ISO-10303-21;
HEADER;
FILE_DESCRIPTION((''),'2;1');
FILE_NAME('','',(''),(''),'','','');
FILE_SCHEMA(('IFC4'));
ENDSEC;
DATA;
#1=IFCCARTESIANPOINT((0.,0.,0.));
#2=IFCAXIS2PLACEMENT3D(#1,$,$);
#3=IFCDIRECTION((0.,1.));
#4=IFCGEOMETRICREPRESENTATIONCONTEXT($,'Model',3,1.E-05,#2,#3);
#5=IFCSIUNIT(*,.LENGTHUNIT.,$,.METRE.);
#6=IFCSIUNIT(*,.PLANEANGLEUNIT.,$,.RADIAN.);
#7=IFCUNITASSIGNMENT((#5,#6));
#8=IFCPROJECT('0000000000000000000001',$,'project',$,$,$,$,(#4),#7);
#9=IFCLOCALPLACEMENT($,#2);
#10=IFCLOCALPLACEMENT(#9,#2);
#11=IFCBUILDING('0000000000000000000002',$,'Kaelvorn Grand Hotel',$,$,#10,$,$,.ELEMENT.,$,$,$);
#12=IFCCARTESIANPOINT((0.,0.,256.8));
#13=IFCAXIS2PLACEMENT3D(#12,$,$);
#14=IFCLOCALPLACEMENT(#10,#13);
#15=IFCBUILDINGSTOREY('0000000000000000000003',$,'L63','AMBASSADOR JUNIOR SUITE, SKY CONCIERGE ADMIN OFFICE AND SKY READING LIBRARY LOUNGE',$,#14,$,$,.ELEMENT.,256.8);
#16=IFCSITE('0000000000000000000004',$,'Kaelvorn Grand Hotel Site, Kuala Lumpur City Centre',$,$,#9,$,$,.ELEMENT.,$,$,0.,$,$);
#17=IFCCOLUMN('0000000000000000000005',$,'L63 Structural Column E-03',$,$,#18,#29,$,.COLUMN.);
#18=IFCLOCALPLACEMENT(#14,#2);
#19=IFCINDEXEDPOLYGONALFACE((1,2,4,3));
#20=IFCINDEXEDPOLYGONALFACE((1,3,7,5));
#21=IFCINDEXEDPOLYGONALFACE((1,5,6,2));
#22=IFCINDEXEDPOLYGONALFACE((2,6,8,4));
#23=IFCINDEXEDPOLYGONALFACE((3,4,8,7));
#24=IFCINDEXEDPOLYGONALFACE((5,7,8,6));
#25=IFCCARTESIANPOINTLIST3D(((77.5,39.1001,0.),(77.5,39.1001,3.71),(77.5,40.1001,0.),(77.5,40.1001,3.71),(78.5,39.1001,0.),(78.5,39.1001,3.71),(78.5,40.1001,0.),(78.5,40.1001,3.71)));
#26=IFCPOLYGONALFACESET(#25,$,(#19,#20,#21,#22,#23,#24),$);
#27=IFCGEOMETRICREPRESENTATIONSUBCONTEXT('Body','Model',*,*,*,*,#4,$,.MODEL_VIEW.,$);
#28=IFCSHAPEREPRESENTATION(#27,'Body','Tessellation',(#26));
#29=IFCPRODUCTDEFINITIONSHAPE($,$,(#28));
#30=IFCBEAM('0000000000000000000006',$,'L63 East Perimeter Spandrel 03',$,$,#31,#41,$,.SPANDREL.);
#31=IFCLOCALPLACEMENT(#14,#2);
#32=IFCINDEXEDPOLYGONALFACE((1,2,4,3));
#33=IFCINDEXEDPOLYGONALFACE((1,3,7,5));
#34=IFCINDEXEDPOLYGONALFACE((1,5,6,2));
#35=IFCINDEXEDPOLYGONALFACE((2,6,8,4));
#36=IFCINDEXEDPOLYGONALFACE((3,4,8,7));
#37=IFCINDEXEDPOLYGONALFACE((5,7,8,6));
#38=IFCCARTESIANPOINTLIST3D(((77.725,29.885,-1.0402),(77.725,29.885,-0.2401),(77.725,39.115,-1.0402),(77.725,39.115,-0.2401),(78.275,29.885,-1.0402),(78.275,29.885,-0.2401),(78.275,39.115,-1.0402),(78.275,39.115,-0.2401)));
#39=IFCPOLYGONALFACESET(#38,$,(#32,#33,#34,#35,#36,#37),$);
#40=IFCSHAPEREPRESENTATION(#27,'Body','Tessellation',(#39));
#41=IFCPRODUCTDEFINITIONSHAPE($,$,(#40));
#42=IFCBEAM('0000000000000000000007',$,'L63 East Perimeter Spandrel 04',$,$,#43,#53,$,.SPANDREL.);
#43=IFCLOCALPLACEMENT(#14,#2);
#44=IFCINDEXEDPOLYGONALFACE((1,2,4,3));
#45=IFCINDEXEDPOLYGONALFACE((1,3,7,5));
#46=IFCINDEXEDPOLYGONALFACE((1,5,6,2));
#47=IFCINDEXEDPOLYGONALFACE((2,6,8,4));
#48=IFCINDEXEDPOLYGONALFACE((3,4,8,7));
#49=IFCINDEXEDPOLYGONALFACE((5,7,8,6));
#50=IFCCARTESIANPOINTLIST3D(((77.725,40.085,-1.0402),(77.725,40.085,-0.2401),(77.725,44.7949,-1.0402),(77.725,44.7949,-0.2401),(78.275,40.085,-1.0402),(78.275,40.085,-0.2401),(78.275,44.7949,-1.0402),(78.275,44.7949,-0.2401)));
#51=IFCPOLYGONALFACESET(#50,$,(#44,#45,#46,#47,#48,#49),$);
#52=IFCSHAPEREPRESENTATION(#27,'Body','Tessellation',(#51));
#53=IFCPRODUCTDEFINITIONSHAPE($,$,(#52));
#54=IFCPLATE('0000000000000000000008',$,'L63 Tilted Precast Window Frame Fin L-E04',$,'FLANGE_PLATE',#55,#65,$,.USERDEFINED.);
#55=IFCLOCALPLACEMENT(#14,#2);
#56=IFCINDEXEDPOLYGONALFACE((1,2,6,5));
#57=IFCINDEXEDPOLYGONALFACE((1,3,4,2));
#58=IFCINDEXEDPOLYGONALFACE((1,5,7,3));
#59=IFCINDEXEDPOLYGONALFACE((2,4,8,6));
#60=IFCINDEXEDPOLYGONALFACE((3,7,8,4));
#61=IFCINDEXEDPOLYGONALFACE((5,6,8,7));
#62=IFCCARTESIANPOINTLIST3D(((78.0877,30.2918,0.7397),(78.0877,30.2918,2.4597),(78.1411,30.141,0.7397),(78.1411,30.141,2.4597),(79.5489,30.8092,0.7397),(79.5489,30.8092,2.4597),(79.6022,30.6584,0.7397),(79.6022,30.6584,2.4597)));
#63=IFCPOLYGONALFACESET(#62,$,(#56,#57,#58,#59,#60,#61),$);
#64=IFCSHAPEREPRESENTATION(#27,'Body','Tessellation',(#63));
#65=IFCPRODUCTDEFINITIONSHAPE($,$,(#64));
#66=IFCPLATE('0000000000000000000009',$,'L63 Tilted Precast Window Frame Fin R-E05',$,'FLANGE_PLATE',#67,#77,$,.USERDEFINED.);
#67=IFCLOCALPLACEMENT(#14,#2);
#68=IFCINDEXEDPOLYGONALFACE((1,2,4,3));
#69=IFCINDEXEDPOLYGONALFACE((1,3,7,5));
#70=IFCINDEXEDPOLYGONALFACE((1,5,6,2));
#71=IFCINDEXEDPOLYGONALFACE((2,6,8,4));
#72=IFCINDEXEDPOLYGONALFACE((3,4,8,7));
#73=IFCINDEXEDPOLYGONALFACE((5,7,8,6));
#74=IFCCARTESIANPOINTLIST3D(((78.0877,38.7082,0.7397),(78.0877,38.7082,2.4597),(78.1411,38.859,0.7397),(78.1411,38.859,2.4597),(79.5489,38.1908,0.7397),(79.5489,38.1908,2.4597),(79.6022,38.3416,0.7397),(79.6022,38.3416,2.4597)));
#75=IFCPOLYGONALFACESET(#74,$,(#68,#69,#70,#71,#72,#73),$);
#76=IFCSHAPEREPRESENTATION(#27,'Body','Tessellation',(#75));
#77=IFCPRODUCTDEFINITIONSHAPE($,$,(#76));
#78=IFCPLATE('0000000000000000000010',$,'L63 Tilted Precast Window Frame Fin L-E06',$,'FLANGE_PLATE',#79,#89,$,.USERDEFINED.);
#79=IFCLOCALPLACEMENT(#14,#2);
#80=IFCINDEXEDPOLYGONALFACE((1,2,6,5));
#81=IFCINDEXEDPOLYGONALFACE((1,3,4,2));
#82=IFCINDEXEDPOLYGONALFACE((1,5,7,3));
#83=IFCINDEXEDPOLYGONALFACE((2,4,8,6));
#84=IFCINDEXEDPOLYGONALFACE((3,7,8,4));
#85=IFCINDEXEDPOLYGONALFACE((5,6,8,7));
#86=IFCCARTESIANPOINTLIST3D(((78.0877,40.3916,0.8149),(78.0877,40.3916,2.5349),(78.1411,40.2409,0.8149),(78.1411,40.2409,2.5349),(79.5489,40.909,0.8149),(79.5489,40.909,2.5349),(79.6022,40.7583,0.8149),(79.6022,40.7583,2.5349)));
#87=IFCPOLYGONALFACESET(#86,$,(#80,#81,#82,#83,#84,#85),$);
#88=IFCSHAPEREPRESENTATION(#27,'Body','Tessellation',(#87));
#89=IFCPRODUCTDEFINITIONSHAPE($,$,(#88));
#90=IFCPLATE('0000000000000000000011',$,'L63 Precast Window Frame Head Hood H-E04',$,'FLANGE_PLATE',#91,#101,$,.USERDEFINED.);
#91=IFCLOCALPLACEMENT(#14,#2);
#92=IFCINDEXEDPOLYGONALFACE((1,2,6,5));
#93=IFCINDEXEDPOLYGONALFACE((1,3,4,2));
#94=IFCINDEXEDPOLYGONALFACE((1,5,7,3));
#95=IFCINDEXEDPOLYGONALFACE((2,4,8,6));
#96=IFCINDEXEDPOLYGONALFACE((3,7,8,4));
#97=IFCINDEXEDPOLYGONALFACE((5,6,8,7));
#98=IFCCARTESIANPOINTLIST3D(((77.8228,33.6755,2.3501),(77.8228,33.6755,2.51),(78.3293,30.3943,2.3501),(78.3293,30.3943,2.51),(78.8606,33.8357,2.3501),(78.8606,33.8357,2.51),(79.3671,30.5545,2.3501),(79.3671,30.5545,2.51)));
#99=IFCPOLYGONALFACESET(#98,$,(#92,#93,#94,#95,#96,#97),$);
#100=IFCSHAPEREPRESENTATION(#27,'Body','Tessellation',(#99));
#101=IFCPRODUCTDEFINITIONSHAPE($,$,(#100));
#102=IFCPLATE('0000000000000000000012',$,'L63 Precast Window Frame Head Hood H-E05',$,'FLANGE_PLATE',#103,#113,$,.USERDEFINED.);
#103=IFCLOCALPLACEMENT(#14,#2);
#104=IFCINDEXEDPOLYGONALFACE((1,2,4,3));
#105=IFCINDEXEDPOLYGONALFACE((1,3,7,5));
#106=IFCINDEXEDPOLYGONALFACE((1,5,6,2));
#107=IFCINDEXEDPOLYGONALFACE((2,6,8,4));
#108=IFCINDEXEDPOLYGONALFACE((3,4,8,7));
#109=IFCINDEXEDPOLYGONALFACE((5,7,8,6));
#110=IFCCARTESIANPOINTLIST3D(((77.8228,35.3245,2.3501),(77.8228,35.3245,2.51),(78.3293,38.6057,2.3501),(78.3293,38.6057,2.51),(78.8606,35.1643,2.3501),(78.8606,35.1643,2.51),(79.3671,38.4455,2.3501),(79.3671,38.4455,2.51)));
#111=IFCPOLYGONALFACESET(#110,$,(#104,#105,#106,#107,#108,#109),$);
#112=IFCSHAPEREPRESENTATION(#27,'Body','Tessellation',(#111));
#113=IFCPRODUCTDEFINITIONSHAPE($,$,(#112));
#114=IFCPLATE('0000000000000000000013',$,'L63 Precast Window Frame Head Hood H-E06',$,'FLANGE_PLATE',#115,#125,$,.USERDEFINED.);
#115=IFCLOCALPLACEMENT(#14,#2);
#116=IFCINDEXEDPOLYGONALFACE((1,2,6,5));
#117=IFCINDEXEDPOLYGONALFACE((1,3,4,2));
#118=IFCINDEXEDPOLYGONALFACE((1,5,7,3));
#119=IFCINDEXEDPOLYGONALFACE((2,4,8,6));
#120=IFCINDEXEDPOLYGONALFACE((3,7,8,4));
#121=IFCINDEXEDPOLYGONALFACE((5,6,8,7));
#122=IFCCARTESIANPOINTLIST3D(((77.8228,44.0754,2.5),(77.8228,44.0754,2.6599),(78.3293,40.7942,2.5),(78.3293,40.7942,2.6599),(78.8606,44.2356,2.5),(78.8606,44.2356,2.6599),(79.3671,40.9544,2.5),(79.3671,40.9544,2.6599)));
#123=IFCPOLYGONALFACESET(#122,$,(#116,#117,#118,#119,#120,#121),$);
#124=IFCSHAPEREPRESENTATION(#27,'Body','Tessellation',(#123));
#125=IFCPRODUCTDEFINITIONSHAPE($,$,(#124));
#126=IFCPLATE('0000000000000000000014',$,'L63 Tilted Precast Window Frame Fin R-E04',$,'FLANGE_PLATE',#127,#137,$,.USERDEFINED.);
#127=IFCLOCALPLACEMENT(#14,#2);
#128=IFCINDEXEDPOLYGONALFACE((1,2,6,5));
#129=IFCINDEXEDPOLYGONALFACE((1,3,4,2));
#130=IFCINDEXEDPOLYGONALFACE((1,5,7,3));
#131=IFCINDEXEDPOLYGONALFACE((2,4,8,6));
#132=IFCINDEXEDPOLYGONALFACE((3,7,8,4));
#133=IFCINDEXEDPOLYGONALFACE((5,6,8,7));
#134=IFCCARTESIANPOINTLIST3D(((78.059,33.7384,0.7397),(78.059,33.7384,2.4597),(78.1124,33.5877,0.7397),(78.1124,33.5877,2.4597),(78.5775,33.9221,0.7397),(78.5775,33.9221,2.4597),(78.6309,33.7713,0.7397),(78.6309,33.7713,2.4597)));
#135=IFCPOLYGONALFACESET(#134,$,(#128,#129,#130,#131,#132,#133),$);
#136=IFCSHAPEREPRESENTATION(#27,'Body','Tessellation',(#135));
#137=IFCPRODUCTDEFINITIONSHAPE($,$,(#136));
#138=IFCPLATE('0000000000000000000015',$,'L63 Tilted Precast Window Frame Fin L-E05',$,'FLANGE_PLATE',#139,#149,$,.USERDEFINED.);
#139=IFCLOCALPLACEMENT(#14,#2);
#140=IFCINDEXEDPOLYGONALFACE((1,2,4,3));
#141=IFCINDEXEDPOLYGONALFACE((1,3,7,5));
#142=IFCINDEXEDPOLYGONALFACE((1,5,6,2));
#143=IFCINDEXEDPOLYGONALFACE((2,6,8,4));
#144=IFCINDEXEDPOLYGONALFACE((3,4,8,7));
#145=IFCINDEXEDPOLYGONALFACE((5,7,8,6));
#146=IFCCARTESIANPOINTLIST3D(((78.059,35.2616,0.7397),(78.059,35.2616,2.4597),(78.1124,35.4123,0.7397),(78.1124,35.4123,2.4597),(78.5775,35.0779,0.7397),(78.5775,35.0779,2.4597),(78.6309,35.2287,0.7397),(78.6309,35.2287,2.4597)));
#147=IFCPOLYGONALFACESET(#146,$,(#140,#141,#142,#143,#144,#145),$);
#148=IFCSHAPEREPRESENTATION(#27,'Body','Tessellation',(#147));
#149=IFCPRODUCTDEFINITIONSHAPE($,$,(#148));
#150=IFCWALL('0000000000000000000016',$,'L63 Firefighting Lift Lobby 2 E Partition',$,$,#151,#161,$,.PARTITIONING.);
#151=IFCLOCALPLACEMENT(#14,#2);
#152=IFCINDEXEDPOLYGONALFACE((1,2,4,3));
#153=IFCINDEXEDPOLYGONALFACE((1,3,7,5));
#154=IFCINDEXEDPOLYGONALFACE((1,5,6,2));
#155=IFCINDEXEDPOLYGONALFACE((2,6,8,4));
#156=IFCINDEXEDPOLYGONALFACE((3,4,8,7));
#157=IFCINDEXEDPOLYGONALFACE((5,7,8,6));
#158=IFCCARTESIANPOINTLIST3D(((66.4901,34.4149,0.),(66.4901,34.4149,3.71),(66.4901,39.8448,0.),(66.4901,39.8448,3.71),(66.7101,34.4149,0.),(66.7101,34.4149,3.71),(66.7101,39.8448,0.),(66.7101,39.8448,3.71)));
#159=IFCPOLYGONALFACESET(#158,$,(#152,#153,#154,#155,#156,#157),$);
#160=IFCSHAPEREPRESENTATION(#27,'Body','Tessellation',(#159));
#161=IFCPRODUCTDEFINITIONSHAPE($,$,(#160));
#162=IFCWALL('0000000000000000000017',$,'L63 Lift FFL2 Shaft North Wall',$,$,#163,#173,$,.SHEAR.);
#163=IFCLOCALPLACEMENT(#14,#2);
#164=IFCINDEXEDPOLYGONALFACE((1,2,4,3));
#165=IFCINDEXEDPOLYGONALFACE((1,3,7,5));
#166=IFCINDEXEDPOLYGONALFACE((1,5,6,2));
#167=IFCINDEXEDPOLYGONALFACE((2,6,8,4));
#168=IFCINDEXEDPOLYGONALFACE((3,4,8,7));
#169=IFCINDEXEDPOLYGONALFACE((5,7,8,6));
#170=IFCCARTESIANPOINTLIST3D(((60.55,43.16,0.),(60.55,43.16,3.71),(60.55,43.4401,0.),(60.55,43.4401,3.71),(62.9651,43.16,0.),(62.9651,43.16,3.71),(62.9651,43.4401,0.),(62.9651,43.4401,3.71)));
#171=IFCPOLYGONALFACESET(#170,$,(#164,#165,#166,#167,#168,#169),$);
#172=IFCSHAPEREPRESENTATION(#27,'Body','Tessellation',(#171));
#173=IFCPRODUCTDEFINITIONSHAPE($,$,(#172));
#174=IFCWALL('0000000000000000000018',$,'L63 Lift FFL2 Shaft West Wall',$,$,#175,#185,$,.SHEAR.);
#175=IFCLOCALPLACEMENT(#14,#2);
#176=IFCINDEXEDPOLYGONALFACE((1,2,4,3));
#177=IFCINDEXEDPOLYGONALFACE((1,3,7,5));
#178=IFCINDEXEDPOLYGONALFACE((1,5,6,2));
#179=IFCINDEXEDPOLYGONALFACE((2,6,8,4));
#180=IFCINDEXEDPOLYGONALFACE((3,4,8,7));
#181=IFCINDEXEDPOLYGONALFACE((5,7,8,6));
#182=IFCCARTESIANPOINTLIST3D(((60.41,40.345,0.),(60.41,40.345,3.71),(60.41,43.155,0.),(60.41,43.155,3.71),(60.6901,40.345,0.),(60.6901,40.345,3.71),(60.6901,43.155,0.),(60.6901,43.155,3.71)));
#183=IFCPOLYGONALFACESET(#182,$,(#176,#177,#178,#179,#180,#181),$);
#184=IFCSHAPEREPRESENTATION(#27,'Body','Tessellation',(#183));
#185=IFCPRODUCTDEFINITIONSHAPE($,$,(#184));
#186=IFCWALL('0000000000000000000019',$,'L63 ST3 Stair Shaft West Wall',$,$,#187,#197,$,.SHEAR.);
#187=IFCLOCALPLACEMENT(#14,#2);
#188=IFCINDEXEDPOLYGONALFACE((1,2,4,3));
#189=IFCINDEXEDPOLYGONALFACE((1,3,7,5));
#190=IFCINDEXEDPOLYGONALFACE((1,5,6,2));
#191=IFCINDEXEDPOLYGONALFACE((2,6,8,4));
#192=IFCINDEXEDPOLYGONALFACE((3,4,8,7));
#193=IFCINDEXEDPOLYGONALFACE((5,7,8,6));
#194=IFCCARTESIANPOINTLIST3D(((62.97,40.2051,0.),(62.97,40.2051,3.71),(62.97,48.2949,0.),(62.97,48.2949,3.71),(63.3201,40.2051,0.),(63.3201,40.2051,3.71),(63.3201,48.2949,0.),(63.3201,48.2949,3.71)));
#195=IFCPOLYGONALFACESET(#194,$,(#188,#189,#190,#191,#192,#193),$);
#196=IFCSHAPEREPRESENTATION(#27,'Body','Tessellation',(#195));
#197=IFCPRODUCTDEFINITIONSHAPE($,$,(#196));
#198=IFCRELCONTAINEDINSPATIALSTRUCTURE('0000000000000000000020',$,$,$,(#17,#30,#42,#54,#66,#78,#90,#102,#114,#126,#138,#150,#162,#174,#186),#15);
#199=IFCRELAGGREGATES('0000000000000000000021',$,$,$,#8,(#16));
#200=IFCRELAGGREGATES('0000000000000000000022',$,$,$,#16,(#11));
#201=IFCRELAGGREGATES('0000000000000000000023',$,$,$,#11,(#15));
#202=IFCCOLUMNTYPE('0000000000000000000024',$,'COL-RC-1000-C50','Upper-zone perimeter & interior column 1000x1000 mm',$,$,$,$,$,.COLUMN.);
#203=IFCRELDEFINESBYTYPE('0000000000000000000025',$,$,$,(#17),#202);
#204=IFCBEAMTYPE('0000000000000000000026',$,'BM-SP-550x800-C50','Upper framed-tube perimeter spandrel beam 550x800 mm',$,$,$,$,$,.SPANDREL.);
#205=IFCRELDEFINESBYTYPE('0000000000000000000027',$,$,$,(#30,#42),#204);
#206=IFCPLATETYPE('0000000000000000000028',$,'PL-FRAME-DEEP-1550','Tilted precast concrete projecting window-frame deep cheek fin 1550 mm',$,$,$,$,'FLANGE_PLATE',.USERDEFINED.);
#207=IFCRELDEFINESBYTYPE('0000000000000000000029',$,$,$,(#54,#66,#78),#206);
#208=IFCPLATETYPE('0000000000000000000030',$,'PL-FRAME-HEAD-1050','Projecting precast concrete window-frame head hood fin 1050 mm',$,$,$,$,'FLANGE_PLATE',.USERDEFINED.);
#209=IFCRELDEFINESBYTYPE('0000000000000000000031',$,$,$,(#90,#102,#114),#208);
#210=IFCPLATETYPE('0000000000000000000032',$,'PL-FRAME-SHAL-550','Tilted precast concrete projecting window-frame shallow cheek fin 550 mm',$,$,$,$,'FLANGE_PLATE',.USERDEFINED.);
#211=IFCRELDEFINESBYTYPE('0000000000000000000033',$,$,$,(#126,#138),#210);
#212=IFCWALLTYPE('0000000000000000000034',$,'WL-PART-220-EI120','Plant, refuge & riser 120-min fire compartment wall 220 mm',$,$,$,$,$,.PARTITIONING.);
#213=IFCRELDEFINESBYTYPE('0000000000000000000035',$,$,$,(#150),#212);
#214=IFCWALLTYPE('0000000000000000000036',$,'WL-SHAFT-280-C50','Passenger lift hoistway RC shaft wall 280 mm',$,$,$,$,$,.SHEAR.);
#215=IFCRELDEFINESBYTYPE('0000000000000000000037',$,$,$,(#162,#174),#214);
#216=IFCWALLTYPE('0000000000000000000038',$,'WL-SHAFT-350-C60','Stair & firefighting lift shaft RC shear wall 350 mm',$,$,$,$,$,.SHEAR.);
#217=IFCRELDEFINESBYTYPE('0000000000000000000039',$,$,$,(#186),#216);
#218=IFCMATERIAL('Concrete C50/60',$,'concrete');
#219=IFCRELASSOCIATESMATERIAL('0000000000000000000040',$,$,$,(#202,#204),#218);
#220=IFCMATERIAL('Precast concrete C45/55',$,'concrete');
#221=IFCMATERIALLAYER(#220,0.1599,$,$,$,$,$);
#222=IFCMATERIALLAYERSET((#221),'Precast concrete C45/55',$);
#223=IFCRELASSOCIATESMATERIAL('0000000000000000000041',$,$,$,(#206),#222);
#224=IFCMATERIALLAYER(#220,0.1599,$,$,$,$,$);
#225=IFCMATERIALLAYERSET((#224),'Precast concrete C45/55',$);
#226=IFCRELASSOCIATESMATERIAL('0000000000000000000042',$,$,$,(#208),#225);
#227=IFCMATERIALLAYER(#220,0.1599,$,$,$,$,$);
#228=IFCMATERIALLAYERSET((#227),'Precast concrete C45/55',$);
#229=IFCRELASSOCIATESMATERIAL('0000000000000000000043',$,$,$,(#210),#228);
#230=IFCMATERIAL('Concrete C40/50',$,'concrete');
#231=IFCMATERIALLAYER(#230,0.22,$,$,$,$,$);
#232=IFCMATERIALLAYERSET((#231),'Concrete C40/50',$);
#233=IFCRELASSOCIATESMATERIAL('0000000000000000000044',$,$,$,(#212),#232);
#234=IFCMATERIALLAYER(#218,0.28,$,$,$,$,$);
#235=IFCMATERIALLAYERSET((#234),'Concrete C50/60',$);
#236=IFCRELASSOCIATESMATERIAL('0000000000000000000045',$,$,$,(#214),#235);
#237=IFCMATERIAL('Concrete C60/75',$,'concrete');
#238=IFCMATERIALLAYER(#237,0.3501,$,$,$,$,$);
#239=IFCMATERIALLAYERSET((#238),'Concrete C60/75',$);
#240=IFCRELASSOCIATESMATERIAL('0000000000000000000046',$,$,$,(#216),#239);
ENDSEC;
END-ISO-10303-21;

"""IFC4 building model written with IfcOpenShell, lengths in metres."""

from ifc_helpers import new_model, si_unit, direction, frame, frame_2d, origin, origin_2d, place, context, subcontext, project, spatial, rectangle, extrude, material, layer, layer_set, material_profile, profile_set, type_object, element, save


model = new_model("IFC4")

# Units and contexts
model_context = context("Model", 3, precision=1e-05, world=origin(), true_north=direction((0.0, 1.0)))
body_context = subcontext(model_context, "Body", "Model", "MODEL_VIEW")
ifc_project = project(units=[si_unit("LENGTHUNIT", "METRE"), si_unit("PLANEANGLEUNIT", "RADIAN")], contexts=[model_context])

# Site, building, storey
site_placement = place(None, origin())
site = spatial("IfcSite", under=ifc_project, at=site_placement, Name="Kaelvorn Grand Hotel Site, Kuala Lumpur City Centre", CompositionType="ELEMENT", RefElevation=0.0)
building_placement = place(site_placement, origin())
building = spatial("IfcBuilding", under=site, at=building_placement, Name="Kaelvorn Grand Hotel", CompositionType="ELEMENT")
storey_placement = place(building_placement, frame((0.0, 0.0, 256.8)))
storey = spatial("IfcBuildingStorey", under=building, at=storey_placement, Name="L63", Description="AMBASSADOR JUNIOR SUITE, SKY CONCIERGE ADMIN OFFICE AND SKY READING LIBRARY LOUNGE", CompositionType="ELEMENT", Elevation=256.8)

# Column
ifc_material_1 = material(Name="Concrete C50/60", Category="concrete")
ifc_material_profile_1 = material_profile(ifc_material_1, rectangle(XDim=1.0, YDim=1.0, at=origin_2d()), Name="RC COL 1000x1000")
ifc_profile_set_1 = profile_set([ifc_material_profile_1], Name="Concrete C50/60")
column_type = type_object("IfcColumnType", Name="COL-RC-1000-C50", Description="Upper-zone perimeter & interior column 1000x1000 mm", PredefinedType="COLUMN", material=ifc_profile_set_1)
column_placement = place(storey_placement, frame((78.0, 39.6001, 0.0), z_axis=(0.0, 0.0, 1.0), x_axis=(1.0, 0.0, 0.0)))
element("IfcColumn", 1, at=column_placement, inside=storey, type_object=column_type, Name="L63 Structural Column E-03", PredefinedType="COLUMN", context=body_context, shape_type="SweptSolid", body=[
    extrude(rectangle(XDim=1.0, YDim=1.0, at=origin_2d()), origin(), (0.0, 0.0, 1.0), 3.71),
])

# Beams
ifc_material_profile_2 = material_profile(ifc_material_1, rectangle(XDim=0.55, YDim=0.8, at=origin_2d()), Name="RC SPANDREL 550x800")
ifc_profile_set_2 = profile_set([ifc_material_profile_2], Name="Concrete C50/60")
beam_type = type_object("IfcBeamType", Name="BM-SP-550x800-C50", Description="Upper framed-tube perimeter spandrel beam 550x800 mm", PredefinedType="SPANDREL", material=ifc_profile_set_2)
beam_1_placement = place(storey_placement, frame((78.0, 29.885, -0.6401), z_axis=(0.0, 1.0, 0.0), x_axis=(-1.0, 0.0, 0.0)))
element("IfcBeam", 2, at=beam_1_placement, inside=storey, type_object=beam_type, Name="L63 East Perimeter Spandrel 03", PredefinedType="SPANDREL", context=body_context, shape_type="SweptSolid", body=[
    extrude(rectangle(XDim=0.55, YDim=0.8, at=origin_2d()), origin(), (0.0, 0.0, 1.0), 9.23),
])
beam_2_placement = place(storey_placement, frame((78.0, 40.085, -0.6401), z_axis=(0.0, 1.0, 0.0), x_axis=(-1.0, 0.0, 0.0)))
element("IfcBeam", 3, at=beam_2_placement, inside=storey, type_object=beam_type, Name="L63 East Perimeter Spandrel 04", PredefinedType="SPANDREL", context=body_context, shape_type="SweptSolid", body=[
    extrude(rectangle(XDim=0.55, YDim=0.8, at=origin_2d()), origin(), (0.0, 0.0, 1.0), 4.71),
])

# Plates
ifc_material_2 = material(Name="Precast concrete C45/55", Category="concrete")
ifc_layer_1 = layer(ifc_material_2, 0.1599)
ifc_layer_set_1 = layer_set([ifc_layer_1], Name="Precast concrete C45/55")
plate_type_1 = type_object("IfcPlateType", Name="PL-FRAME-DEEP-1550", Description="Tilted precast concrete projecting window-frame deep cheek fin 1550 mm", ElementType="FLANGE_PLATE", PredefinedType="USERDEFINED", material=ifc_layer_set_1)
for number, where, z_axis, x_axis, name in (
    (4, (78.845, 30.4751, 0.7397), (0.0, 0.0, 1.0), (-0.333807, 0.942641, 0.0), "L63 Tilted Precast Window Frame Fin L-E04"),
    (5, (78.845, 38.5249, 0.7397), (0.0, 0.0, 1.0), (0.333807, 0.942641, 0.0), "L63 Tilted Precast Window Frame Fin R-E05"),
    (6, (78.845, 40.575, 0.8149), (0.0, 0.0, 1.0), (-0.333807, 0.942641, 0.0), "L63 Tilted Precast Window Frame Fin L-E06"),
):
    element("IfcPlate", number, at=place(storey_placement, frame(where, z_axis=z_axis, x_axis=x_axis)), inside=storey, type_object=plate_type_1, Name=name, ObjectType="FLANGE_PLATE", PredefinedType="USERDEFINED", context=body_context, shape_type="SweptSolid", body=[
        extrude(rectangle(XDim=0.1599, YDim=1.55, at=origin_2d()), origin(), (0.0, 0.0, 1.0), 1.72),
    ])
ifc_layer_2 = layer(ifc_material_2, 0.1599)
ifc_layer_set_2 = layer_set([ifc_layer_2], Name="Precast concrete C45/55")
plate_type_2 = type_object("IfcPlateType", Name="PL-FRAME-HEAD-1050", Description="Projecting precast concrete window-frame head hood fin 1050 mm", ElementType="FLANGE_PLATE", PredefinedType="USERDEFINED", material=ifc_layer_set_2)
for number, where, z_axis, x_axis, name in (
    (7, (78.595, 32.115, 2.3501), (0.0, 0.0, 1.0), (-0.152555, 0.988295, 0.0), "L63 Precast Window Frame Head Hood H-E04"),
    (8, (78.595, 36.885, 2.3501), (0.0, 0.0, 1.0), (0.152555, 0.988295, 0.0), "L63 Precast Window Frame Head Hood H-E05"),
    (9, (78.595, 42.5149, 2.5), (0.0, 0.0, 1.0), (-0.152555, 0.988295, 0.0), "L63 Precast Window Frame Head Hood H-E06"),
):
    element("IfcPlate", number, at=place(storey_placement, frame(where, z_axis=z_axis, x_axis=x_axis)), inside=storey, type_object=plate_type_2, Name=name, ObjectType="FLANGE_PLATE", PredefinedType="USERDEFINED", context=body_context, shape_type="SweptSolid", body=[
        extrude(rectangle(XDim=3.3201, YDim=1.05, at=origin_2d()), origin(), (0.0, 0.0, 1.0), 0.1599),
    ])
ifc_layer_3 = layer(ifc_material_2, 0.1599)
ifc_layer_set_3 = layer_set([ifc_layer_3], Name="Precast concrete C45/55")
plate_type_3 = type_object("IfcPlateType", Name="PL-FRAME-SHAL-550", Description="Tilted precast concrete projecting window-frame shallow cheek fin 550 mm", ElementType="FLANGE_PLATE", PredefinedType="USERDEFINED", material=ifc_layer_set_3)
for number, where, z_axis, x_axis, name in (
    (10, (78.345, 33.7549, 0.7397), (0.0, 0.0, 1.0), (-0.333807, 0.942641, 0.0), "L63 Tilted Precast Window Frame Fin R-E04"),
    (11, (78.345, 35.2451, 0.7397), (0.0, 0.0, 1.0), (0.333807, 0.942641, 0.0), "L63 Tilted Precast Window Frame Fin L-E05"),
):
    element("IfcPlate", number, at=place(storey_placement, frame(where, z_axis=z_axis, x_axis=x_axis)), inside=storey, type_object=plate_type_3, Name=name, ObjectType="FLANGE_PLATE", PredefinedType="USERDEFINED", context=body_context, shape_type="SweptSolid", body=[
        extrude(rectangle(XDim=0.1599, YDim=0.55, at=origin_2d()), origin(), (0.0, 0.0, 1.0), 1.72),
    ])

# Walls
ifc_material_3 = material(Name="Concrete C40/50", Category="concrete")
ifc_layer_4 = layer(ifc_material_3, 0.22)
ifc_layer_set_4 = layer_set([ifc_layer_4], Name="Concrete C40/50")
wall_type_1 = type_object("IfcWallType", Name="WL-PART-220-EI120", Description="Plant, refuge & riser 120-min fire compartment wall 220 mm", PredefinedType="PARTITIONING", material=ifc_layer_set_4)
wall_1_placement = place(storey_placement, frame((66.6001, 34.415, 0.0), z_axis=(0.0, 0.0, 1.0), x_axis=(0.0, 1.0, 0.0)))
element("IfcWall", 12, at=wall_1_placement, inside=storey, type_object=wall_type_1, Name="L63 Firefighting Lift Lobby 2 E Partition", PredefinedType="PARTITIONING", context=body_context, shape_type="SweptSolid", body=[
    extrude(rectangle(XDim=5.4299, YDim=0.22, at=frame_2d((2.7148, 0.0))), origin(), (0.0, 0.0, 1.0), 3.71),
])
ifc_layer_5 = layer(ifc_material_1, 0.28)
ifc_layer_set_5 = layer_set([ifc_layer_5], Name="Concrete C50/60")
wall_type_2 = type_object("IfcWallType", Name="WL-SHAFT-280-C50", Description="Passenger lift hoistway RC shaft wall 280 mm", PredefinedType="SHEAR", material=ifc_layer_set_5)
wall_2_placement = place(storey_placement, frame((60.55, 43.3, 0.0), z_axis=(0.0, 0.0, 1.0), x_axis=(1.0, 0.0, 0.0)))
element("IfcWall", 13, at=wall_2_placement, inside=storey, type_object=wall_type_2, Name="L63 Lift FFL2 Shaft North Wall", PredefinedType="SHEAR", context=body_context, shape_type="SweptSolid", body=[
    extrude(rectangle(XDim=2.415, YDim=0.28, at=frame_2d((1.2075, 0.0))), origin(), (0.0, 0.0, 1.0), 3.71),
])
wall_3_placement = place(storey_placement, frame((60.55, 40.345, 0.0), z_axis=(0.0, 0.0, 1.0), x_axis=(0.0, 1.0, 0.0)))
element("IfcWall", 14, at=wall_3_placement, inside=storey, type_object=wall_type_2, Name="L63 Lift FFL2 Shaft West Wall", PredefinedType="SHEAR", context=body_context, shape_type="SweptSolid", body=[
    extrude(rectangle(XDim=2.8101, YDim=0.28, at=frame_2d((1.405, 0.0))), origin(), (0.0, 0.0, 1.0), 3.71),
])

# Shared definitions
ifc_material_4 = material(Name="Concrete C60/75", Category="concrete")
ifc_layer_6 = layer(ifc_material_4, 0.3501)
ifc_layer_set_6 = layer_set([ifc_layer_6], Name="Concrete C60/75")
wall_type_3 = type_object("IfcWallType", Name="WL-SHAFT-350-C60", Description="Stair & firefighting lift shaft RC shear wall 350 mm", PredefinedType="SHEAR", material=ifc_layer_set_6)

# Wall
for number, where, z_axis, x_axis, name in (
    (15, (63.145, 40.2051, 0.0), (0.0, 0.0, 1.0), (0.0, 1.0, 0.0), "L63 ST3 Stair Shaft West Wall"),
):
    element("IfcWall", number, at=place(storey_placement, frame(where, z_axis=z_axis, x_axis=x_axis)), inside=storey, type_object=wall_type_3, Name=name, PredefinedType="SHEAR", context=body_context, shape_type="SweptSolid", body=[
        extrude(rectangle(XDim=8.0898, YDim=0.3501, at=frame_2d((4.0449, 0.0))), origin(), (0.0, 0.0, 1.0), 3.71),
    ])

save(model, "model.ifc")
